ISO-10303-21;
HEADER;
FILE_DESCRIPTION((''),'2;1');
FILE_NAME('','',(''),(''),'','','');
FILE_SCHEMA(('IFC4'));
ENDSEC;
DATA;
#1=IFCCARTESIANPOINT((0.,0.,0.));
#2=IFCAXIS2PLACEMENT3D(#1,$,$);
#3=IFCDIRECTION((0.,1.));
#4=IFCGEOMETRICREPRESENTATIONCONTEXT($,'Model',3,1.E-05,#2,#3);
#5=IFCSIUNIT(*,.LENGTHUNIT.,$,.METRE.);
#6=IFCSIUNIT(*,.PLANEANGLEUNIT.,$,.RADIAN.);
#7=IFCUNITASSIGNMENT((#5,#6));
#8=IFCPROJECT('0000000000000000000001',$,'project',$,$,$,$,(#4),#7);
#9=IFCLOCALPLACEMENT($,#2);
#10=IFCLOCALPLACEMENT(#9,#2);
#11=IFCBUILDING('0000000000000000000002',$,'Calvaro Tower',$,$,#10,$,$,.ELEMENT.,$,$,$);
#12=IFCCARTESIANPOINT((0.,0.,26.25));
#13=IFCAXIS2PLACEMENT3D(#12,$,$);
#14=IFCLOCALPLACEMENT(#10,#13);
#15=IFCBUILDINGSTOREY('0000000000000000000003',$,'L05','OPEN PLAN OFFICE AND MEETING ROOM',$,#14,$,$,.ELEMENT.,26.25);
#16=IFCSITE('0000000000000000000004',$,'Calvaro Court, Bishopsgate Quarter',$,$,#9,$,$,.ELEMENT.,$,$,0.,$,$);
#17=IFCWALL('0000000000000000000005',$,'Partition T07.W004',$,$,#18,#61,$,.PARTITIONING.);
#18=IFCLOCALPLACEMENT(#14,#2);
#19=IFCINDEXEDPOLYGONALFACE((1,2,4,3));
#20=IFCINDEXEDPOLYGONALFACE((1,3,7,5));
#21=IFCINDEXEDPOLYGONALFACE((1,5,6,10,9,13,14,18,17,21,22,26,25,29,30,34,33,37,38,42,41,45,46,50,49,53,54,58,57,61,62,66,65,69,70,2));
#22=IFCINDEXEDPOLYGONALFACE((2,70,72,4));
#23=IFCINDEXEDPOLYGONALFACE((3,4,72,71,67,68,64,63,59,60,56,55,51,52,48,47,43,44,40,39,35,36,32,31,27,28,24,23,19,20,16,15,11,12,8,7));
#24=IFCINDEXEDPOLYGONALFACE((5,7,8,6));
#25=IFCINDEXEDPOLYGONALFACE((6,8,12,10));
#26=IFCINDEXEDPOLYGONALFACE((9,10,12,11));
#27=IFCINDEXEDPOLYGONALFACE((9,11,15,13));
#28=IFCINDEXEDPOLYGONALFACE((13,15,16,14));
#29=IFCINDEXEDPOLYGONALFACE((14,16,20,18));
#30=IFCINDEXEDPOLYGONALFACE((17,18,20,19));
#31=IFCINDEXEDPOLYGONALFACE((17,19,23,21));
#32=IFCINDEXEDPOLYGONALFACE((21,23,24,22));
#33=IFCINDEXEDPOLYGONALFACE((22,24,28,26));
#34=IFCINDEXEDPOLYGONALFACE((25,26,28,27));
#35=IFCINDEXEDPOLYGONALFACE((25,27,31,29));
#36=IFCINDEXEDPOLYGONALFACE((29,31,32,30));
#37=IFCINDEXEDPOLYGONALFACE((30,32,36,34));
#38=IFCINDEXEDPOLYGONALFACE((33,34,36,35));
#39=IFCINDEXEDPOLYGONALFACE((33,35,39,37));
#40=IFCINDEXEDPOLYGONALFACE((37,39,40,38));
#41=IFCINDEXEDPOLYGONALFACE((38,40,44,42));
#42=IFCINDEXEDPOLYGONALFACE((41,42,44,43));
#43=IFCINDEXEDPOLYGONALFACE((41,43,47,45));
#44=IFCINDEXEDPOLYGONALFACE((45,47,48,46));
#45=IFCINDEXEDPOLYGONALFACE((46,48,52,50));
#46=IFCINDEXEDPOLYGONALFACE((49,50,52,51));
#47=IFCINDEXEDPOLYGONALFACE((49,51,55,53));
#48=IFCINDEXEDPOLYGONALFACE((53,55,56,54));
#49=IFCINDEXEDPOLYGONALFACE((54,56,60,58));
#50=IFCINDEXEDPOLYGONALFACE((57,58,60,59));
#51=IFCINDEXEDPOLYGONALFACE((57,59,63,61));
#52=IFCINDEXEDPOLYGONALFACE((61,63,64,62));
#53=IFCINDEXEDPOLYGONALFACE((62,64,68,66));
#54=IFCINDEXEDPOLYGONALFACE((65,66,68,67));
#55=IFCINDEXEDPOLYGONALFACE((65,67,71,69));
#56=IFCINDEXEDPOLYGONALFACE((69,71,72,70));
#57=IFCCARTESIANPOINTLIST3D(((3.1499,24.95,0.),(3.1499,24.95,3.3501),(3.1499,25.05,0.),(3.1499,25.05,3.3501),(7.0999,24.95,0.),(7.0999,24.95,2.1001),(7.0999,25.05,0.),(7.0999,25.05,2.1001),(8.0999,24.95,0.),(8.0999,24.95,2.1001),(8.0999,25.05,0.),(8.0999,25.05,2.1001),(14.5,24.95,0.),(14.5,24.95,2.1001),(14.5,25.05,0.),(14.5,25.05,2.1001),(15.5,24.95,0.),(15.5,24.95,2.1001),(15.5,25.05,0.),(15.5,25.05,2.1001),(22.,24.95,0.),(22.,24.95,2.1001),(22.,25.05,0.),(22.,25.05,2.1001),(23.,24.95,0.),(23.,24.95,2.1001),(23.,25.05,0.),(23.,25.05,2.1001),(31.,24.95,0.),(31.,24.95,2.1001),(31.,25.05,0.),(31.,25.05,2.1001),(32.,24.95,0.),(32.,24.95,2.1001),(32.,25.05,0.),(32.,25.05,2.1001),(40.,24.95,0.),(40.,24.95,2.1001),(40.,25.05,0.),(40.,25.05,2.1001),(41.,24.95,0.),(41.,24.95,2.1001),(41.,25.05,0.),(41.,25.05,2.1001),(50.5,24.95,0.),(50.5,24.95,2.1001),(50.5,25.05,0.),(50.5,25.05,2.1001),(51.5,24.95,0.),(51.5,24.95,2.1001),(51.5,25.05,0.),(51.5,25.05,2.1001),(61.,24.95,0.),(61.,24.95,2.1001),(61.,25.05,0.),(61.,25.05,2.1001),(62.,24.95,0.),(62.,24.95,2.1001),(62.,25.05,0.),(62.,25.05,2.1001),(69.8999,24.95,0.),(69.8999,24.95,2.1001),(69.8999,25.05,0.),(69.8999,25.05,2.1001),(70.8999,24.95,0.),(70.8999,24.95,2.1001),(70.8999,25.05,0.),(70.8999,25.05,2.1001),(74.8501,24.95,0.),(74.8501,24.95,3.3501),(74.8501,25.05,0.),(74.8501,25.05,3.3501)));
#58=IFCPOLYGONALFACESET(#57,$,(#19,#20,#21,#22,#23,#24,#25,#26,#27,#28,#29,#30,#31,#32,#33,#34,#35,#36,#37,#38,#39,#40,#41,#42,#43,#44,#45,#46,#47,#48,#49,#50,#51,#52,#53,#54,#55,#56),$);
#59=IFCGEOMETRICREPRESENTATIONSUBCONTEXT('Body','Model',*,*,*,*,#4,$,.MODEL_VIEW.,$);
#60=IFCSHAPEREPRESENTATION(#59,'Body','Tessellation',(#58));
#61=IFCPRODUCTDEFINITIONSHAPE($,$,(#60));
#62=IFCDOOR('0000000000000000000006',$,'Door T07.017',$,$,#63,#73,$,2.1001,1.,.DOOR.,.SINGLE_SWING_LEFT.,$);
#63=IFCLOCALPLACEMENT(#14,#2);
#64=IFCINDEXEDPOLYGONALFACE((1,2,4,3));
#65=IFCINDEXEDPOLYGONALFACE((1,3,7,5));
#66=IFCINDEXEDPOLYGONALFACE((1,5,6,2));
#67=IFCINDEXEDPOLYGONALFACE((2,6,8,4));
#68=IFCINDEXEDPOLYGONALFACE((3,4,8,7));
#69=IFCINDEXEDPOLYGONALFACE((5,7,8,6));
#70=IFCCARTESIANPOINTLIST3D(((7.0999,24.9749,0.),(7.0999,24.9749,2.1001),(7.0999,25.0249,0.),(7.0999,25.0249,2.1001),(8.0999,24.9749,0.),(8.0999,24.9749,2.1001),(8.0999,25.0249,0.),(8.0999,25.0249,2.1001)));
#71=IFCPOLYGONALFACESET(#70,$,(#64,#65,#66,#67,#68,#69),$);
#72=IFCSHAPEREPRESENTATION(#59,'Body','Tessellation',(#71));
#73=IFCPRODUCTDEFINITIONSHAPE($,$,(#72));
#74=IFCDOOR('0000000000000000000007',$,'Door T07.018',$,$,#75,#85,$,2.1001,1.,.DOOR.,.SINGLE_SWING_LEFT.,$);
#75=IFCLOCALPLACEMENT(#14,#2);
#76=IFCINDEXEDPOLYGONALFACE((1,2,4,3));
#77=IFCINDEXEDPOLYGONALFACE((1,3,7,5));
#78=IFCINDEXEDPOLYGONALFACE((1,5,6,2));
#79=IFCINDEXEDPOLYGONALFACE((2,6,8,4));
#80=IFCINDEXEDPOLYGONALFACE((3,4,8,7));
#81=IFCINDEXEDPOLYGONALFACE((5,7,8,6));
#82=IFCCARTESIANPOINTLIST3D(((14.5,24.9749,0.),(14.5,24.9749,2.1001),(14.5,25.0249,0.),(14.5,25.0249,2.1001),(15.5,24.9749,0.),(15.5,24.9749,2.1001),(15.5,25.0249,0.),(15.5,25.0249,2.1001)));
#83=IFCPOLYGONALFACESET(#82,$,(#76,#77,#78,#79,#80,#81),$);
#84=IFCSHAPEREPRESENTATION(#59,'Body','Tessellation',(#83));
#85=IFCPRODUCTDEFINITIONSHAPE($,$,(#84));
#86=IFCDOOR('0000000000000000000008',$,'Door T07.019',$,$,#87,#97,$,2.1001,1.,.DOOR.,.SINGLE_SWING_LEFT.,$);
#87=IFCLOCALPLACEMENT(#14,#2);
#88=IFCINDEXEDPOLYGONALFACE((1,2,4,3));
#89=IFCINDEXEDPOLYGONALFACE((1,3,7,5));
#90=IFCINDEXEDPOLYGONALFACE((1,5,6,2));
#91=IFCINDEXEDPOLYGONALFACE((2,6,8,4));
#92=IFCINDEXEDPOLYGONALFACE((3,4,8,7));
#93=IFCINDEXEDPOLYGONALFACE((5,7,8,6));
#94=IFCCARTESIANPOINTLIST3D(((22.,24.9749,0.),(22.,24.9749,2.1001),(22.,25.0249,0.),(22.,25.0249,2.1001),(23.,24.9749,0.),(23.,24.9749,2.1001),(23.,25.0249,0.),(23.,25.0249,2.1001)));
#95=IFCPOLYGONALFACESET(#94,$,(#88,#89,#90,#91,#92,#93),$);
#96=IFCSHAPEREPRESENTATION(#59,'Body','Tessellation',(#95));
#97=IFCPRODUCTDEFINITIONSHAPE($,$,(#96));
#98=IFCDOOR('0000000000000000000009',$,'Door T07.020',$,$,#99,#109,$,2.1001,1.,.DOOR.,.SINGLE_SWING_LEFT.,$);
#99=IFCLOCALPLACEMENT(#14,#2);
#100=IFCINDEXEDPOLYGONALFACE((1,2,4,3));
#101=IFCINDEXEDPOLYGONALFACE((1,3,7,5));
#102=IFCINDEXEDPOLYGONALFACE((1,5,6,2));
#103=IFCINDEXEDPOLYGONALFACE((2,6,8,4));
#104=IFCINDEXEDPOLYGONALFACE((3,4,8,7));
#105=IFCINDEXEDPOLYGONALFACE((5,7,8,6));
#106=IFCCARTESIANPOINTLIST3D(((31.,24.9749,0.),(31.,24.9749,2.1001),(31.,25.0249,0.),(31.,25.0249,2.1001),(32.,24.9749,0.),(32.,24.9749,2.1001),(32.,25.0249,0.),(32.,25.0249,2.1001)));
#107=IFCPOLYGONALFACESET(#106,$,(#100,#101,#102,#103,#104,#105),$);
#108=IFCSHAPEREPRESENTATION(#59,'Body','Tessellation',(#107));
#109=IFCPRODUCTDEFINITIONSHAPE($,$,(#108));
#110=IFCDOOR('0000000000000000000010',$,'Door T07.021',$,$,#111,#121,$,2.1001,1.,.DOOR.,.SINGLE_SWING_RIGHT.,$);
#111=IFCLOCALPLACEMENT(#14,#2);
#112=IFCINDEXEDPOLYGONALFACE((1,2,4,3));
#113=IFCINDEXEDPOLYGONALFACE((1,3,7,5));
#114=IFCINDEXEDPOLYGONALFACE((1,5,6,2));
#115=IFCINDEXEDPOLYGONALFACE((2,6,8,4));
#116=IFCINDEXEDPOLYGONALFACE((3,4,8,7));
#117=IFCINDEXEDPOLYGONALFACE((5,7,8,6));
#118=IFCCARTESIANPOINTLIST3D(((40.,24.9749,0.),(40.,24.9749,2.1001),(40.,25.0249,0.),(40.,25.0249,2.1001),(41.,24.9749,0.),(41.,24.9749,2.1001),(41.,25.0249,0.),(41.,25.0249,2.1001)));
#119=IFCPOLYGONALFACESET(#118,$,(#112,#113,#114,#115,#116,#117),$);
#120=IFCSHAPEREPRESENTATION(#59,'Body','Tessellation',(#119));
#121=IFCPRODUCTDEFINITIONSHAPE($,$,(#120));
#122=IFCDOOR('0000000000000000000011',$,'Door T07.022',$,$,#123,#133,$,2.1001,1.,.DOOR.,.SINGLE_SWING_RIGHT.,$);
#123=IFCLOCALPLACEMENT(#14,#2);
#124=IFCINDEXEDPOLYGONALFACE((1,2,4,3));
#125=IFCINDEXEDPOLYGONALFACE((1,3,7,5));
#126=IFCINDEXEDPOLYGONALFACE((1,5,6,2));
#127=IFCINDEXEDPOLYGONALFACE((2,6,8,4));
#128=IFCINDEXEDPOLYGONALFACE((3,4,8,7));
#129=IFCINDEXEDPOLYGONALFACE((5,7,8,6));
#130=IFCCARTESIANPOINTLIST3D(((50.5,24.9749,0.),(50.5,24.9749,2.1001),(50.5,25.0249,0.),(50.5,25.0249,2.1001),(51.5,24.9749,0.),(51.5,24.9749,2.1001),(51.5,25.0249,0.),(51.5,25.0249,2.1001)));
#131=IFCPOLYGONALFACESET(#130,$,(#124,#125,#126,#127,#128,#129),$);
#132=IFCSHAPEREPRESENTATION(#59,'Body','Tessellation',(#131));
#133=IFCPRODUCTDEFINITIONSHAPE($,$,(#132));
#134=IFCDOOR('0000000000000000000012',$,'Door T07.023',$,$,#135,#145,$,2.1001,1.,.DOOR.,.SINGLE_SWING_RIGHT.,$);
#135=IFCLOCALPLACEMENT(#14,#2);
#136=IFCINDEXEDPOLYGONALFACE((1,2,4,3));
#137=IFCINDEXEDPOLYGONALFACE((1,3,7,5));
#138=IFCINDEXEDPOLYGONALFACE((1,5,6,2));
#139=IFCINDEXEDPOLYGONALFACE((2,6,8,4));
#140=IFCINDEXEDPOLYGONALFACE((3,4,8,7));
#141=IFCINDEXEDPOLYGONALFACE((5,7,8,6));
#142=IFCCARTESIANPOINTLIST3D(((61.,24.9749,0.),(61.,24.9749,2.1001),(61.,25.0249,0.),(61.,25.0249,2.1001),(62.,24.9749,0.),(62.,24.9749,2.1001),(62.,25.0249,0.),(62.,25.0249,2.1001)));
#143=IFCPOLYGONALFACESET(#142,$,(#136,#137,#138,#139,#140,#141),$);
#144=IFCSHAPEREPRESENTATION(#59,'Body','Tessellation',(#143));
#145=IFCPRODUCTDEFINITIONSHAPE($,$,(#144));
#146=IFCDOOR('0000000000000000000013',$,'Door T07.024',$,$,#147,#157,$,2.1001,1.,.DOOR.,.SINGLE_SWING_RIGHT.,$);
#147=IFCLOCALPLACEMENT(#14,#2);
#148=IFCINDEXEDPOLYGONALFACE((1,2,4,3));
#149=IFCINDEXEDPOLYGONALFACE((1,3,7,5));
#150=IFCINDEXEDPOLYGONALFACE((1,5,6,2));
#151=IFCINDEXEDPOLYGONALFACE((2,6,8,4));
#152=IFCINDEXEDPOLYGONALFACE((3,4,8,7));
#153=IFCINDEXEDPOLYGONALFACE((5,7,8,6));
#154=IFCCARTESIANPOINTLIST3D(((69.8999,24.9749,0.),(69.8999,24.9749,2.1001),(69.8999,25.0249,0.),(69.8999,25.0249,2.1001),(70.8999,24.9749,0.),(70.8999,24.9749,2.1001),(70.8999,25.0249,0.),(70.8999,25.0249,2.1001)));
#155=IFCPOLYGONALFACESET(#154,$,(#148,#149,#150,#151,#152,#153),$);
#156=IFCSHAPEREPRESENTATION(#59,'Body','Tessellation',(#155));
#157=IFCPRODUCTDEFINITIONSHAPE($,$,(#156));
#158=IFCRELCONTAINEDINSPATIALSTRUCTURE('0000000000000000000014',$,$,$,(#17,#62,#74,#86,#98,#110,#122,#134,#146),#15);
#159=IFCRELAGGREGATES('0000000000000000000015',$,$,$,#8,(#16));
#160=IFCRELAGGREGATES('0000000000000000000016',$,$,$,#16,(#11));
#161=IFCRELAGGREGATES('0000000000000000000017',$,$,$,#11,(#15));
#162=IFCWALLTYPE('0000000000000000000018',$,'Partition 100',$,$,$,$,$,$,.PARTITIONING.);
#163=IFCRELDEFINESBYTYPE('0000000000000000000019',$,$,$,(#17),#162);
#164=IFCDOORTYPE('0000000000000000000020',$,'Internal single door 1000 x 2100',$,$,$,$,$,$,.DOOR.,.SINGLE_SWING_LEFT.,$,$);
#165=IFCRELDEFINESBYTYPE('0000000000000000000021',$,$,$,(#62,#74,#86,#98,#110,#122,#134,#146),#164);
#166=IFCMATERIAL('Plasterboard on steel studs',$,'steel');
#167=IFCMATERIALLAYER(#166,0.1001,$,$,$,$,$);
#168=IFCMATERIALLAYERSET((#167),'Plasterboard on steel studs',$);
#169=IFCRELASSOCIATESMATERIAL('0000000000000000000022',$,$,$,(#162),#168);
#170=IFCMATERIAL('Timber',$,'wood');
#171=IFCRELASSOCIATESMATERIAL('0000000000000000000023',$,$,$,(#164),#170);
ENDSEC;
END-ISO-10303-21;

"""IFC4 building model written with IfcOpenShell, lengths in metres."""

from ifc_helpers import new_model, si_unit, direction, frame, frame_2d, origin, place, context, subcontext, project, spatial, rectangle, extrude, material, layer, layer_set, type_object, element, fill, save


model = new_model("IFC4")

# Units and contexts
model_context = context("Model", 3, precision=1e-05, world=origin(), true_north=direction((0.0, 1.0)))
body_context = subcontext(model_context, "Body", "Model", "MODEL_VIEW")
ifc_project = project(units=[si_unit("LENGTHUNIT", "METRE"), si_unit("PLANEANGLEUNIT", "RADIAN")], contexts=[model_context])

# Site, building, storey
site_placement = place(None, origin())
site = spatial("IfcSite", under=ifc_project, at=site_placement, Name="Calvaro Court, Bishopsgate Quarter", CompositionType="ELEMENT", RefElevation=0.0)
building_placement = place(site_placement, origin())
building = spatial("IfcBuilding", under=site, at=building_placement, Name="Calvaro Tower", CompositionType="ELEMENT")
storey_placement = place(building_placement, frame((0.0, 0.0, 26.25)))
storey = spatial("IfcBuildingStorey", under=building, at=storey_placement, Name="L05", Description="OPEN PLAN OFFICE AND MEETING ROOM", CompositionType="ELEMENT", Elevation=26.25)

# Wall, openings, doors
ifc_material_1 = material(Name="Plasterboard on steel studs", Category="steel")
ifc_layer = layer(ifc_material_1, 0.1001)
ifc_layer_set = layer_set([ifc_layer], Name="Plasterboard on steel studs")
wall_type = type_object("IfcWallType", Name="Partition 100", PredefinedType="PARTITIONING", material=ifc_layer_set)
wall_placement = place(storey_placement, frame((3.1499, 25.0, 0.0), z_axis=(0.0, 0.0, 1.0), x_axis=(1.0, 0.0, 0.0)))
wall = element("IfcWall", 1, at=wall_placement, inside=storey, type_object=wall_type, Name="Partition T07.W004", PredefinedType="PARTITIONING", context=body_context, shape_type="SweptSolid", body=[
    extrude(rectangle(XDim=71.7002, YDim=0.1001, at=frame_2d((35.8501, 0.0))), origin(), (0.0, 0.0, 1.0), 3.3501),
])
opening_1_placement = place(wall_placement, frame((3.95, 0.0, 0.0)))
opening_1 = element("IfcOpeningElement", 2, at=opening_1_placement, cuts=wall, PredefinedType="OPENING", context=body_context, shape_type="SweptSolid", body=[
    extrude(rectangle(XDim=1.0, YDim=2.1001, at=frame_2d((0.5, 1.05))), frame((0.0, 0.0601, 0.0), z_axis=(0.0, -1.0, 0.0), x_axis=(1.0, 0.0, 0.0)), (0.0, 0.0, 1.0), 0.1201),
])
opening_2_placement = place(wall_placement, frame((11.3501, 0.0, 0.0)))
opening_2 = element("IfcOpeningElement", 3, at=opening_2_placement, cuts=wall, PredefinedType="OPENING", context=body_context, shape_type="SweptSolid", body=[
    extrude(rectangle(XDim=1.0, YDim=2.1001, at=frame_2d((0.5, 1.05))), frame((0.0, 0.0601, 0.0), z_axis=(0.0, -1.0, 0.0), x_axis=(1.0, 0.0, 0.0)), (0.0, 0.0, 1.0), 0.1201),
])
opening_3_placement = place(wall_placement, frame((18.8501, 0.0, 0.0)))
opening_3 = element("IfcOpeningElement", 4, at=opening_3_placement, cuts=wall, PredefinedType="OPENING", context=body_context, shape_type="SweptSolid", body=[
    extrude(rectangle(XDim=1.0, YDim=2.1001, at=frame_2d((0.5, 1.05))), frame((0.0, 0.0601, 0.0), z_axis=(0.0, -1.0, 0.0), x_axis=(1.0, 0.0, 0.0)), (0.0, 0.0, 1.0), 0.1201),
])
opening_4_placement = place(wall_placement, frame((27.8501, 0.0, 0.0)))
opening_4 = element("IfcOpeningElement", 5, at=opening_4_placement, cuts=wall, PredefinedType="OPENING", context=body_context, shape_type="SweptSolid", body=[
    extrude(rectangle(XDim=1.0, YDim=2.1001, at=frame_2d((0.5, 1.05))), frame((0.0, 0.0601, 0.0), z_axis=(0.0, -1.0, 0.0), x_axis=(1.0, 0.0, 0.0)), (0.0, 0.0, 1.0), 0.1201),
])
opening_5_placement = place(wall_placement, frame((36.8501, 0.0, 0.0)))
opening_5 = element("IfcOpeningElement", 6, at=opening_5_placement, cuts=wall, PredefinedType="OPENING", context=body_context, shape_type="SweptSolid", body=[
    extrude(rectangle(XDim=1.0, YDim=2.1001, at=frame_2d((0.5, 1.05))), frame((0.0, 0.0601, 0.0), z_axis=(0.0, -1.0, 0.0), x_axis=(1.0, 0.0, 0.0)), (0.0, 0.0, 1.0), 0.1201),
])
opening_6_placement = place(wall_placement, frame((47.3501, 0.0, 0.0)))
opening_6 = element("IfcOpeningElement", 7, at=opening_6_placement, cuts=wall, PredefinedType="OPENING", context=body_context, shape_type="SweptSolid", body=[
    extrude(rectangle(XDim=1.0, YDim=2.1001, at=frame_2d((0.5, 1.05))), frame((0.0, 0.0601, 0.0), z_axis=(0.0, -1.0, 0.0), x_axis=(1.0, 0.0, 0.0)), (0.0, 0.0, 1.0), 0.1201),
])
opening_7_placement = place(wall_placement, frame((57.8501, 0.0, 0.0)))
opening_7 = element("IfcOpeningElement", 8, at=opening_7_placement, cuts=wall, PredefinedType="OPENING", context=body_context, shape_type="SweptSolid", body=[
    extrude(rectangle(XDim=1.0, YDim=2.1001, at=frame_2d((0.5, 1.05))), frame((0.0, 0.0601, 0.0), z_axis=(0.0, -1.0, 0.0), x_axis=(1.0, 0.0, 0.0)), (0.0, 0.0, 1.0), 0.1201),
])
opening_8_placement = place(wall_placement, frame((66.75, 0.0, 0.0)))
opening_8 = element("IfcOpeningElement", 9, at=opening_8_placement, cuts=wall, PredefinedType="OPENING", context=body_context, shape_type="SweptSolid", body=[
    extrude(rectangle(XDim=1.0, YDim=2.1001, at=frame_2d((0.5, 1.05))), frame((0.0, 0.0601, 0.0), z_axis=(0.0, -1.0, 0.0), x_axis=(1.0, 0.0, 0.0)), (0.0, 0.0, 1.0), 0.1201),
])
ifc_material_2 = material(Name="Timber", Category="wood")
door_type = type_object("IfcDoorType", Name="Internal single door 1000 x 2100", OperationType="SINGLE_SWING_LEFT", PredefinedType="DOOR", material=ifc_material_2)
door_1_placement = place(opening_1_placement, origin())
door_1 = element("IfcDoor", 10, at=door_1_placement, inside=storey, type_object=door_type, Name="Door T07.017", OperationType="SINGLE_SWING_LEFT", OverallHeight=2.1001, OverallWidth=1.0, PredefinedType="DOOR", context=body_context, shape_type="SweptSolid", body=[
    extrude(rectangle(XDim=1.0, YDim=2.1001, at=frame_2d((0.5, 1.05))), frame((0.0, 0.0249, 0.0), z_axis=(0.0, -1.0, 0.0), x_axis=(1.0, 0.0, 0.0)), (0.0, 0.0, 1.0), 0.05),
])
fill(opening_1, door_1)
door_2_placement = place(opening_2_placement, origin())
door_2 = element("IfcDoor", 11, at=door_2_placement, inside=storey, type_object=door_type, Name="Door T07.018", OperationType="SINGLE_SWING_LEFT", OverallHeight=2.1001, OverallWidth=1.0, PredefinedType="DOOR", context=body_context, shape_type="SweptSolid", body=[
    extrude(rectangle(XDim=1.0, YDim=2.1001, at=frame_2d((0.5, 1.05))), frame((0.0, 0.0249, 0.0), z_axis=(0.0, -1.0, 0.0), x_axis=(1.0, 0.0, 0.0)), (0.0, 0.0, 1.0), 0.05),
])
fill(opening_2, door_2)
door_3_placement = place(opening_3_placement, origin())
door_3 = element("IfcDoor", 12, at=door_3_placement, inside=storey, type_object=door_type, Name="Door T07.019", OperationType="SINGLE_SWING_LEFT", OverallHeight=2.1001, OverallWidth=1.0, PredefinedType="DOOR", context=body_context, shape_type="SweptSolid", body=[
    extrude(rectangle(XDim=1.0, YDim=2.1001, at=frame_2d((0.5, 1.05))), frame((0.0, 0.0249, 0.0), z_axis=(0.0, -1.0, 0.0), x_axis=(1.0, 0.0, 0.0)), (0.0, 0.0, 1.0), 0.05),
])
fill(opening_3, door_3)
door_4_placement = place(opening_4_placement, origin())
door_4 = element("IfcDoor", 13, at=door_4_placement, inside=storey, type_object=door_type, Name="Door T07.020", OperationType="SINGLE_SWING_LEFT", OverallHeight=2.1001, OverallWidth=1.0, PredefinedType="DOOR", context=body_context, shape_type="SweptSolid", body=[
    extrude(rectangle(XDim=1.0, YDim=2.1001, at=frame_2d((0.5, 1.05))), frame((0.0, 0.0249, 0.0), z_axis=(0.0, -1.0, 0.0), x_axis=(1.0, 0.0, 0.0)), (0.0, 0.0, 1.0), 0.05),
])
fill(opening_4, door_4)
door_5_placement = place(opening_5_placement, origin())
door_5 = element("IfcDoor", 14, at=door_5_placement, inside=storey, type_object=door_type, Name="Door T07.021", OperationType="SINGLE_SWING_RIGHT", OverallHeight=2.1001, OverallWidth=1.0, PredefinedType="DOOR", context=body_context, shape_type="SweptSolid", body=[
    extrude(rectangle(XDim=1.0, YDim=2.1001, at=frame_2d((0.5, 1.05))), frame((0.0, 0.0249, 0.0), z_axis=(0.0, -1.0, 0.0), x_axis=(1.0, 0.0, 0.0)), (0.0, 0.0, 1.0), 0.05),
])
fill(opening_5, door_5)
door_6_placement = place(opening_6_placement, origin())
door_6 = element("IfcDoor", 15, at=door_6_placement, inside=storey, type_object=door_type, Name="Door T07.022", OperationType="SINGLE_SWING_RIGHT", OverallHeight=2.1001, OverallWidth=1.0, PredefinedType="DOOR", context=body_context, shape_type="SweptSolid", body=[
    extrude(rectangle(XDim=1.0, YDim=2.1001, at=frame_2d((0.5, 1.05))), frame((0.0, 0.0249, 0.0), z_axis=(0.0, -1.0, 0.0), x_axis=(1.0, 0.0, 0.0)), (0.0, 0.0, 1.0), 0.05),
])
fill(opening_6, door_6)
door_7_placement = place(opening_7_placement, origin())
door_7 = element("IfcDoor", 16, at=door_7_placement, inside=storey, type_object=door_type, Name="Door T07.023", OperationType="SINGLE_SWING_RIGHT", OverallHeight=2.1001, OverallWidth=1.0, PredefinedType="DOOR", context=body_context, shape_type="SweptSolid", body=[
    extrude(rectangle(XDim=1.0, YDim=2.1001, at=frame_2d((0.5, 1.05))), frame((0.0, 0.0249, 0.0), z_axis=(0.0, -1.0, 0.0), x_axis=(1.0, 0.0, 0.0)), (0.0, 0.0, 1.0), 0.05),
])
fill(opening_7, door_7)
door_8_placement = place(opening_8_placement, origin())
door_8 = element("IfcDoor", 17, at=door_8_placement, inside=storey, type_object=door_type, Name="Door T07.024", OperationType="SINGLE_SWING_RIGHT", OverallHeight=2.1001, OverallWidth=1.0, PredefinedType="DOOR", context=body_context, shape_type="SweptSolid", body=[
    extrude(rectangle(XDim=1.0, YDim=2.1001, at=frame_2d((0.5, 1.05))), frame((0.0, 0.0249, 0.0), z_axis=(0.0, -1.0, 0.0), x_axis=(1.0, 0.0, 0.0)), (0.0, 0.0, 1.0), 0.05),
])
fill(opening_8, door_8)

save(model, "model.ifc")
